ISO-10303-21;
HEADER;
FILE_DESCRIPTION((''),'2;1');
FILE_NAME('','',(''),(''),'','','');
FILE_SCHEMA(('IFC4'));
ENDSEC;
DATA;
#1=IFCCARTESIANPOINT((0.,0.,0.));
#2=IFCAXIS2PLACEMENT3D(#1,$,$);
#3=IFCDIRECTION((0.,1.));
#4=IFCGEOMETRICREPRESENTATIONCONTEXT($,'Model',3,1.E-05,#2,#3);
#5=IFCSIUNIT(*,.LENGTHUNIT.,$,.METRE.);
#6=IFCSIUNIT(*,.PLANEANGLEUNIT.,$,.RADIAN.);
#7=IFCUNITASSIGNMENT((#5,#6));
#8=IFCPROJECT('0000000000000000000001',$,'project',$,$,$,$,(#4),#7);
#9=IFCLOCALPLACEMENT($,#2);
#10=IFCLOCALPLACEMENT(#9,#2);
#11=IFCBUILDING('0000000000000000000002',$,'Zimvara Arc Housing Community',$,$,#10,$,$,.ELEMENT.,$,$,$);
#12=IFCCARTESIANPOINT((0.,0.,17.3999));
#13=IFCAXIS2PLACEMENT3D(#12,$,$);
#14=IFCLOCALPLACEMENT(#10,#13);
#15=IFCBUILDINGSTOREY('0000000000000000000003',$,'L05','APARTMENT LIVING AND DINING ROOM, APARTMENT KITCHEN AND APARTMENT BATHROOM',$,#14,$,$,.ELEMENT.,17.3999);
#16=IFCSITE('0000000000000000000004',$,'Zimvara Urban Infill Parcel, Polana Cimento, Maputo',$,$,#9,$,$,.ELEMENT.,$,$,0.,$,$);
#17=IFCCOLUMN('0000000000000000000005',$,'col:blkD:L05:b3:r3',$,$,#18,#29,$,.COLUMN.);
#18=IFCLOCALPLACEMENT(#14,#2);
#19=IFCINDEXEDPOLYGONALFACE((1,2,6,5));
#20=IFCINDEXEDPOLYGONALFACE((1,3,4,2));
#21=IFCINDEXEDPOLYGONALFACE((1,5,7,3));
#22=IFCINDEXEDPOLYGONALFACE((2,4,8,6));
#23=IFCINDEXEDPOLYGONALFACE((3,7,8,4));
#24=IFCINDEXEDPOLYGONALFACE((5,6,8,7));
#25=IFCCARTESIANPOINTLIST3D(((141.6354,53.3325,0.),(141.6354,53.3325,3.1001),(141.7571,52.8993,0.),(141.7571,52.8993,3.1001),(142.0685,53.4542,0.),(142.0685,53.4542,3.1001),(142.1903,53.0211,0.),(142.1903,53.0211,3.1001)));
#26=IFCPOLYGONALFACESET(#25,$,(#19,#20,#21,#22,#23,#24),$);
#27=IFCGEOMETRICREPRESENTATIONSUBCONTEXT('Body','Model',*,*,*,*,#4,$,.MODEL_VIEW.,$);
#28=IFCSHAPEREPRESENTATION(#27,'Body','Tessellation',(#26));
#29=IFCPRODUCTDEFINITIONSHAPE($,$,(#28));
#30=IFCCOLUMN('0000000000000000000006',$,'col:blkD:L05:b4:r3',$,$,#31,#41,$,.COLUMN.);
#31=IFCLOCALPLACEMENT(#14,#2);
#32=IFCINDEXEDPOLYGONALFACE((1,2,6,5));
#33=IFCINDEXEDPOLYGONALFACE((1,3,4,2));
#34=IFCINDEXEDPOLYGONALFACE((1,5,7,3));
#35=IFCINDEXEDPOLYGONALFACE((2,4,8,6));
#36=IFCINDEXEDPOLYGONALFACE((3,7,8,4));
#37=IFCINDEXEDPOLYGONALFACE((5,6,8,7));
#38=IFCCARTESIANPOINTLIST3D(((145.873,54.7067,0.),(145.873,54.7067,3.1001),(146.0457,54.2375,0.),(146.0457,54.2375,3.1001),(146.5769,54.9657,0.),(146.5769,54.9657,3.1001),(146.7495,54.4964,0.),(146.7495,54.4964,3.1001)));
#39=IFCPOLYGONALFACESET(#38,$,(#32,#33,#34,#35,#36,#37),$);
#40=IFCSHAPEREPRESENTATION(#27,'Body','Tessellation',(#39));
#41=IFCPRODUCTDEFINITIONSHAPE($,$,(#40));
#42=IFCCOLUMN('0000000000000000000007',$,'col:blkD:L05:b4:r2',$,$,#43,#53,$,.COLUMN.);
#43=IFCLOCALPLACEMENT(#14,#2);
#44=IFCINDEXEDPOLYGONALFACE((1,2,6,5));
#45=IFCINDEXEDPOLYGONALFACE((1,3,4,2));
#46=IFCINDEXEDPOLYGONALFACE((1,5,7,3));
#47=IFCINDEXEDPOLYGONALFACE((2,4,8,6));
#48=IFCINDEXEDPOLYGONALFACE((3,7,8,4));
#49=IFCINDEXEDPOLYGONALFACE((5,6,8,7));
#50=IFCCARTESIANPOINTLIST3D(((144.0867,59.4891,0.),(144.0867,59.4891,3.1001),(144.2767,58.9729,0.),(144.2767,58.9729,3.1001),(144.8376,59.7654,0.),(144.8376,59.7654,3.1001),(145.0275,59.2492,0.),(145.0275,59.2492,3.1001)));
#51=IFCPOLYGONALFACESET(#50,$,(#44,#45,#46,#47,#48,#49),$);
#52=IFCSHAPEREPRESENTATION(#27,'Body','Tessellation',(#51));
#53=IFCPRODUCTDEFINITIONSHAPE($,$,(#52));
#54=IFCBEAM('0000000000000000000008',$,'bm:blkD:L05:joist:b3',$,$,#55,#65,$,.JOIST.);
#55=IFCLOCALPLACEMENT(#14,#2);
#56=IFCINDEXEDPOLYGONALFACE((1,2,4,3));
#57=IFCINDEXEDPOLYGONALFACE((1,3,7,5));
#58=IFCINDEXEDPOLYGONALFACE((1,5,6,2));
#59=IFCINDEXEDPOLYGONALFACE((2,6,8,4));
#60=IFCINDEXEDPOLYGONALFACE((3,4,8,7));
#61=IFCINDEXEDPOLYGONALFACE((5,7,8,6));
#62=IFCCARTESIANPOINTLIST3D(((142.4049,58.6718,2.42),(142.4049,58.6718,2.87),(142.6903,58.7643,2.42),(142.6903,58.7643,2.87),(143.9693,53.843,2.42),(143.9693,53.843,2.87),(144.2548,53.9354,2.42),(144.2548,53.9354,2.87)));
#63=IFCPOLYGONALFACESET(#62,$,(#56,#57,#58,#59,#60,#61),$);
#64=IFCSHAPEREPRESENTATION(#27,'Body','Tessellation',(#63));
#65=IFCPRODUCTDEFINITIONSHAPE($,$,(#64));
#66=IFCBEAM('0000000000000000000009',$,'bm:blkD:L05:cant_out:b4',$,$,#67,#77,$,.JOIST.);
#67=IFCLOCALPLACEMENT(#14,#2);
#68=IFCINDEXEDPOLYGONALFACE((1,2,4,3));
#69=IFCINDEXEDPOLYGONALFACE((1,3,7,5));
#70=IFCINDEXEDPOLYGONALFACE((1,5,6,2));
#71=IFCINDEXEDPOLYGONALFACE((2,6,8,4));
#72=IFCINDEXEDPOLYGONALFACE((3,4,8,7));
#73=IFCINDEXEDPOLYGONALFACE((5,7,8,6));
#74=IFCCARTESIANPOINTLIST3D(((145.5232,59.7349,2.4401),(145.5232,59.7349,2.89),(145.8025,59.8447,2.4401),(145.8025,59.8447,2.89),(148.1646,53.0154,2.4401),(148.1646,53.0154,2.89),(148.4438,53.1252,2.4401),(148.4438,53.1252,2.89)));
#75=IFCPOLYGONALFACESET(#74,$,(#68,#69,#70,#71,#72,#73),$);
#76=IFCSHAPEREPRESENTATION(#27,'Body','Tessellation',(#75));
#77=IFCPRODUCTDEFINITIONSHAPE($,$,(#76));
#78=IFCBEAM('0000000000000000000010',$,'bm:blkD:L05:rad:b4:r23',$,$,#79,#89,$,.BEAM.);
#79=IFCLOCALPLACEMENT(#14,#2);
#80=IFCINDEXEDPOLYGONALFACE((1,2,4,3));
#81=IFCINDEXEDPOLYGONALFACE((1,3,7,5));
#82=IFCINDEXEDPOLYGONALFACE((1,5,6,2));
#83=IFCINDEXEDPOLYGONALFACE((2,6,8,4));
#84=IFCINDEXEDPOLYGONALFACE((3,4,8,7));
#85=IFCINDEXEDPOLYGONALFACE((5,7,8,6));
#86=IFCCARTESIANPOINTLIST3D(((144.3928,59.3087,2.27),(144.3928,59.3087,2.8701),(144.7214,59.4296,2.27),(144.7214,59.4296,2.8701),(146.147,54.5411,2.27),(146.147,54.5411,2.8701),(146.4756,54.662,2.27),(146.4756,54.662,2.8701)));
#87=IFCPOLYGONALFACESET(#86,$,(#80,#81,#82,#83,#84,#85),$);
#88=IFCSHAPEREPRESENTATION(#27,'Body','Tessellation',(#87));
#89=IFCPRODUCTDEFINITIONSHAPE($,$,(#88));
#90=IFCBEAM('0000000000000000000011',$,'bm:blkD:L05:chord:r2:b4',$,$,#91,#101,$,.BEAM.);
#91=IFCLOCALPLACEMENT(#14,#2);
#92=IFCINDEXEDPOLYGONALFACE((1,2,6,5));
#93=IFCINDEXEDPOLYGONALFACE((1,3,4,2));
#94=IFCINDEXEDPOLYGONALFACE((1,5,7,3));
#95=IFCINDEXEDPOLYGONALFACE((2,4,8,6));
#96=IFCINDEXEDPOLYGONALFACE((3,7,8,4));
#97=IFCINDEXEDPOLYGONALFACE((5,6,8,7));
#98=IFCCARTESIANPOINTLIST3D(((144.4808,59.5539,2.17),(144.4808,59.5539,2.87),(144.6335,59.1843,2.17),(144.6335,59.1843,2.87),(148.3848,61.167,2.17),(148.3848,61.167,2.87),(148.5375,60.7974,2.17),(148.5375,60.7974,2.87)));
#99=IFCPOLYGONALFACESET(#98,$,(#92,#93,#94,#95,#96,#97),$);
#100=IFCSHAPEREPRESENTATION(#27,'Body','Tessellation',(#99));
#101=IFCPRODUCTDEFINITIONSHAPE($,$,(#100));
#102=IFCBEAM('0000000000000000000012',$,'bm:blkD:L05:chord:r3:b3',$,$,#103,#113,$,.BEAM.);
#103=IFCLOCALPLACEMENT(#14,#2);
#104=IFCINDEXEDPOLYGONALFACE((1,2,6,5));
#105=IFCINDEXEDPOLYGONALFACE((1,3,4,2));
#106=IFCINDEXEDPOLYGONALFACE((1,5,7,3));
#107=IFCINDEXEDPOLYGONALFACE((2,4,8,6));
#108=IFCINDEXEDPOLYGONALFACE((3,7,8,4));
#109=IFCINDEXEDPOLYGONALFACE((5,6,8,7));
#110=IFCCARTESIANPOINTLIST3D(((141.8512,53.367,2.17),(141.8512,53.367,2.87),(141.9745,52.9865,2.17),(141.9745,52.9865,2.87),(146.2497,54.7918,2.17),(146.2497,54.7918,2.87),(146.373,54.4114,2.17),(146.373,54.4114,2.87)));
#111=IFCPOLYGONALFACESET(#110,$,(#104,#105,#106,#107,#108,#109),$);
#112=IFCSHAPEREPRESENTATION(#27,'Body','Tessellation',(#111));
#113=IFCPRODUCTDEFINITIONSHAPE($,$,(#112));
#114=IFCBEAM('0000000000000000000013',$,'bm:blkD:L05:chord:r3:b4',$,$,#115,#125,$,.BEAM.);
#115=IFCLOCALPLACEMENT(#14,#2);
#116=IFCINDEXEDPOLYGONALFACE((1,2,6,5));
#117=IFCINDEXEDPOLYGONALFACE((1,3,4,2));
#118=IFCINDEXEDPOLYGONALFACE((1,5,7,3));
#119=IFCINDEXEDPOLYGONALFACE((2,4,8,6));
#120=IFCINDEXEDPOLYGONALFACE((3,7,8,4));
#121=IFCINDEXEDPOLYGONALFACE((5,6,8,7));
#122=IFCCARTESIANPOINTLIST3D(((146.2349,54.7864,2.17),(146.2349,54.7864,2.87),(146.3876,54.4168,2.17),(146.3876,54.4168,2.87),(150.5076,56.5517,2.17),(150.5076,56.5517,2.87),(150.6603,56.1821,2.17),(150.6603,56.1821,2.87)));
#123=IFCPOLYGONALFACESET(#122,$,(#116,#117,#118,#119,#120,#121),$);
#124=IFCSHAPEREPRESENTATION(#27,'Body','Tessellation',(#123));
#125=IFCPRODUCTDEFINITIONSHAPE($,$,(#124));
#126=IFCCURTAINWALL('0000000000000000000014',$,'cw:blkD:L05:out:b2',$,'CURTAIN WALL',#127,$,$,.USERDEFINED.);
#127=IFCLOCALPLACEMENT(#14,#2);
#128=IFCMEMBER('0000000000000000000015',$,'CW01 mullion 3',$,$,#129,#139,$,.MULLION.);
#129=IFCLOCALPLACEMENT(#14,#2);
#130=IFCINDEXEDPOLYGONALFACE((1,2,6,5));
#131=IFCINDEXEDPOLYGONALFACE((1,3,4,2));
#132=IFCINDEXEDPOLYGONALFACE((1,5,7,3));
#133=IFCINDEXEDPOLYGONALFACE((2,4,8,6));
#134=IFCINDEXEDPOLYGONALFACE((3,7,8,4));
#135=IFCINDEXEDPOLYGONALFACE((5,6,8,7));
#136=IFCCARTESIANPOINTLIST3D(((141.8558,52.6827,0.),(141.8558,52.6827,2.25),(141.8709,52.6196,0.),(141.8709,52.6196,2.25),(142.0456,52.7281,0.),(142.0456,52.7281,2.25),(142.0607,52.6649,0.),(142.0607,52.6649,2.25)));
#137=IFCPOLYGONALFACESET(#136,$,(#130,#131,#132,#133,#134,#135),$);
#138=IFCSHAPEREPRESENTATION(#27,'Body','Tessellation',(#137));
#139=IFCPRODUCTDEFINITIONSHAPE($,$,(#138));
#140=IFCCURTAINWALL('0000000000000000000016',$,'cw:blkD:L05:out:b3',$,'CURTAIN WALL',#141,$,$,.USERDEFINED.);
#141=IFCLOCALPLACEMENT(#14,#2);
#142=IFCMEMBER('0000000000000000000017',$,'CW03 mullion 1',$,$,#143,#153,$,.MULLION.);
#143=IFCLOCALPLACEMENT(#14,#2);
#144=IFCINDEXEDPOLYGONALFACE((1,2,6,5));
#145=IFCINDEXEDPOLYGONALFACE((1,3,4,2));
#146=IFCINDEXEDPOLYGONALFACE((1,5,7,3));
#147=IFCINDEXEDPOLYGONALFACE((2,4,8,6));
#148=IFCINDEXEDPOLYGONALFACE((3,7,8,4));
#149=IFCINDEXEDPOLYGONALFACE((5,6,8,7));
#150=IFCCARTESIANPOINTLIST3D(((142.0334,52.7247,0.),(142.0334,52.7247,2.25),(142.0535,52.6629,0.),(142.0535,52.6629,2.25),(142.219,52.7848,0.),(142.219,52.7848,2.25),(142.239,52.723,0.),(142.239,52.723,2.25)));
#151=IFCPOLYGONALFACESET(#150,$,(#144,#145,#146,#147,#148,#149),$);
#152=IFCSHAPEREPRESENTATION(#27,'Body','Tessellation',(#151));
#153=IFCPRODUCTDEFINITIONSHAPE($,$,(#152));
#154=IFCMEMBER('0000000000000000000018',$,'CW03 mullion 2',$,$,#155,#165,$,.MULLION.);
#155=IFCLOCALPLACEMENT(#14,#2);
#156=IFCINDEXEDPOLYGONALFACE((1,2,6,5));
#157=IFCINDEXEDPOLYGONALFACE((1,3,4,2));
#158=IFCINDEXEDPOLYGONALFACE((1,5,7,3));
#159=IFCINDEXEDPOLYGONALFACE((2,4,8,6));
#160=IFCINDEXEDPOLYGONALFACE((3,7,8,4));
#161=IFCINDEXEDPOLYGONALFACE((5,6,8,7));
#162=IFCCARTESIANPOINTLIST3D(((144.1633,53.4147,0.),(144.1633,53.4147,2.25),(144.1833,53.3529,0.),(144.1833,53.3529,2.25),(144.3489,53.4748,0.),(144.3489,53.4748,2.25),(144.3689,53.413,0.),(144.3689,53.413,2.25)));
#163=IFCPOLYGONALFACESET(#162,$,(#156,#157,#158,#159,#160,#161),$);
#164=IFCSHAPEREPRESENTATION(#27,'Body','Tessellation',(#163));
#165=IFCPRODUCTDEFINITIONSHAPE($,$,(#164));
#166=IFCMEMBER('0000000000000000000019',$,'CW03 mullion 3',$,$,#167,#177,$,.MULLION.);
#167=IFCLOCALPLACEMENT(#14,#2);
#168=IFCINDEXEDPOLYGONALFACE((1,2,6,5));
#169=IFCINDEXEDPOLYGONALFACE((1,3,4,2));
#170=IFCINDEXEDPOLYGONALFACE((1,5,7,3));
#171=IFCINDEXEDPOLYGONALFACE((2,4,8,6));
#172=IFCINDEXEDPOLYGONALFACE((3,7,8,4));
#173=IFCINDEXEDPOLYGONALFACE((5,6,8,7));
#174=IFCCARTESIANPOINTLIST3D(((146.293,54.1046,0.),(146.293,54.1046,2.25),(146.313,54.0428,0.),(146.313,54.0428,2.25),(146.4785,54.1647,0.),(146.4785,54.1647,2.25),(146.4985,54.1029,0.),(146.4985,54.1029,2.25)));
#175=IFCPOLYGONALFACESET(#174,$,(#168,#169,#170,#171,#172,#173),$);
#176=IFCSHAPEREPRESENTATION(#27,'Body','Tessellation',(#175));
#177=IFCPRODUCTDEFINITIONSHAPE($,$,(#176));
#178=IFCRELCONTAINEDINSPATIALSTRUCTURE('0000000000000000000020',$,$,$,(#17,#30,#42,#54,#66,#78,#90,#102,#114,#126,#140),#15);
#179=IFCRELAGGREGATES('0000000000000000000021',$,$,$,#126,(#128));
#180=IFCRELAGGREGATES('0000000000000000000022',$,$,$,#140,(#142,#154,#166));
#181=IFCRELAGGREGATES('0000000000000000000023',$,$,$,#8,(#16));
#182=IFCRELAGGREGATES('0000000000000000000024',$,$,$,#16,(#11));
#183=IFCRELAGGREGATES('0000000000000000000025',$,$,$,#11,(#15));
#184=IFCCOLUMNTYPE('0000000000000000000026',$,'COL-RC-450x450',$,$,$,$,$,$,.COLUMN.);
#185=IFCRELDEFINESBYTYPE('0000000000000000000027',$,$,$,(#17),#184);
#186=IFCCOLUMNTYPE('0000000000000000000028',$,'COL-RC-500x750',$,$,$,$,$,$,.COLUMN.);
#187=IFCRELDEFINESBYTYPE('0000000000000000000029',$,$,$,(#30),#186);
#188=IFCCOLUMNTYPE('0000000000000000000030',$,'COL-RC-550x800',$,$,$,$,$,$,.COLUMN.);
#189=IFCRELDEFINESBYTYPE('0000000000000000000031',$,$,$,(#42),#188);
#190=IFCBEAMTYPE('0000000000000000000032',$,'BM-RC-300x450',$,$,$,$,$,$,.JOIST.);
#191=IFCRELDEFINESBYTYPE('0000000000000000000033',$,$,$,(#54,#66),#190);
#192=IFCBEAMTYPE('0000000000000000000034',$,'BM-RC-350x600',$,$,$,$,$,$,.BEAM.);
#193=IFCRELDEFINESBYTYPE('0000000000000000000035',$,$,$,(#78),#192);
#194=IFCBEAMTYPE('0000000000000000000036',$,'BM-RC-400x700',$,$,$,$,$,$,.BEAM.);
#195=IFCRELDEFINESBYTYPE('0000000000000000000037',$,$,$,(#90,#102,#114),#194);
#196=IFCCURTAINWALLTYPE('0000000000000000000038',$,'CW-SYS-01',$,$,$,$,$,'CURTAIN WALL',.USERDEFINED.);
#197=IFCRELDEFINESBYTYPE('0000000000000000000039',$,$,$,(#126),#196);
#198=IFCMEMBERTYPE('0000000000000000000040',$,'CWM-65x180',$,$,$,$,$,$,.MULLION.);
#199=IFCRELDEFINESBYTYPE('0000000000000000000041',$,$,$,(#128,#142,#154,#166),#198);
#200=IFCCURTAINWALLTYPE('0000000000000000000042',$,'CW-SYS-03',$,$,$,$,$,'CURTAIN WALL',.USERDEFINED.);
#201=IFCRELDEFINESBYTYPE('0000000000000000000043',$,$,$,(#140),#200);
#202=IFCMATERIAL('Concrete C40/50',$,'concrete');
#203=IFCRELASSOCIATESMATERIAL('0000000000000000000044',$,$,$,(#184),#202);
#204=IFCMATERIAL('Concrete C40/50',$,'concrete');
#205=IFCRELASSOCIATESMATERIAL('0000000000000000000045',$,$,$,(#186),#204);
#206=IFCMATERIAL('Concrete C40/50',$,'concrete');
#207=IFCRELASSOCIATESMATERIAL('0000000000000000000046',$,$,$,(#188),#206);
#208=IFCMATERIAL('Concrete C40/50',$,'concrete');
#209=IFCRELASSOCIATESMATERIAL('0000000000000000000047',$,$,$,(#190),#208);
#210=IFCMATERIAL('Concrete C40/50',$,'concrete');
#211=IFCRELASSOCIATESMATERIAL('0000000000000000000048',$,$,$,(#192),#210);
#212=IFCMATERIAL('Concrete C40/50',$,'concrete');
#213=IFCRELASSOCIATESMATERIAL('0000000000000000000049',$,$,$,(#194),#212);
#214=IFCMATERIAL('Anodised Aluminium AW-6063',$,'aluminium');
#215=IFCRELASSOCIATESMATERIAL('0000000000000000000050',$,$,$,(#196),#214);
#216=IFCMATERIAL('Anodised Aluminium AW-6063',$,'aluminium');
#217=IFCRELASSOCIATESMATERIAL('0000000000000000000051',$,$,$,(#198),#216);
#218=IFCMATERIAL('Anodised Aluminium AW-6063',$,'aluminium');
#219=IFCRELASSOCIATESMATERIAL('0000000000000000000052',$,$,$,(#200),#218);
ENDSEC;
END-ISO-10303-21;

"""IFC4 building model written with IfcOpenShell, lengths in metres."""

from ifc_helpers import new_model, si_unit, direction, frame, origin, origin_2d, place, context, subcontext, project, spatial, rectangle, extrude, material, material_profile, profile_set, type_object, element, aggregate, save


model = new_model("IFC4")

# Units and contexts
model_context = context("Model", 3, precision=1e-05, world=origin(), true_north=direction((0.0, 1.0)))
body_context = subcontext(model_context, "Body", "Model", "MODEL_VIEW")
ifc_project = project(units=[si_unit("LENGTHUNIT", "METRE"), si_unit("PLANEANGLEUNIT", "RADIAN")], contexts=[model_context])

# Site, building, storey
site_placement = place(None, origin())
site = spatial("IfcSite", under=ifc_project, at=site_placement, Name="Zimvara Urban Infill Parcel, Polana Cimento, Maputo", CompositionType="ELEMENT", RefElevation=0.0)
building_placement = place(site_placement, origin())
building = spatial("IfcBuilding", under=site, at=building_placement, Name="Zimvara Arc Housing Community", CompositionType="ELEMENT")
storey_placement = place(building_placement, frame((0.0, 0.0, 17.3999)))
storey = spatial("IfcBuildingStorey", under=building, at=storey_placement, Name="L05", Description="APARTMENT LIVING AND DINING ROOM, APARTMENT KITCHEN AND APARTMENT BATHROOM", CompositionType="ELEMENT", Elevation=17.3999)

# Columns
ifc_material_1 = material(Name="Concrete C40/50", Category="concrete")
ifc_material_profile_1 = material_profile(ifc_material_1, rectangle(XDim=0.45, YDim=0.45, at=origin_2d()), Name="RC 450x450")
ifc_profile_set_1 = profile_set([ifc_material_profile_1], Name="Concrete C40/50")
column_type_1 = type_object("IfcColumnType", Name="COL-RC-450x450", PredefinedType="COLUMN", material=ifc_profile_set_1)
column_1_placement = place(storey_placement, frame((141.9128, 53.1768, 0.0), z_axis=(0.0, 0.0, 1.0), x_axis=(0.2706, -0.962692, 0.0)))
element("IfcColumn", 1, at=column_1_placement, inside=storey, type_object=column_type_1, Name="col:blkD:L05:b3:r3", PredefinedType="COLUMN", context=body_context, shape_type="SweptSolid", body=[
    extrude(rectangle(XDim=0.45, YDim=0.45, at=origin_2d()), origin(), (0.0, 0.0, 1.0), 3.1001),
])
ifc_material_2 = material(Name="Concrete C40/50", Category="concrete")
ifc_material_profile_2 = material_profile(ifc_material_2, rectangle(XDim=0.5, YDim=0.75, at=origin_2d()), Name="RC 500x750")
ifc_profile_set_2 = profile_set([ifc_material_profile_2], Name="Concrete C40/50")
column_type_2 = type_object("IfcColumnType", Name="COL-RC-500x750", PredefinedType="COLUMN", material=ifc_profile_set_2)
column_2_placement = place(storey_placement, frame((146.3113, 54.6016, 0.0), z_axis=(0.0, 0.0, 1.0), x_axis=(0.345298, -0.938493, 0.0)))
element("IfcColumn", 2, at=column_2_placement, inside=storey, type_object=column_type_2, Name="col:blkD:L05:b4:r3", PredefinedType="COLUMN", context=body_context, shape_type="SweptSolid", body=[
    extrude(rectangle(XDim=0.5, YDim=0.75, at=origin_2d()), origin(), (0.0, 0.0, 1.0), 3.1001),
])
ifc_material_3 = material(Name="Concrete C40/50", Category="concrete")
ifc_material_profile_3 = material_profile(ifc_material_3, rectangle(XDim=0.55, YDim=0.8, at=origin_2d()), Name="RC 550x800")
ifc_profile_set_3 = profile_set([ifc_material_profile_3], Name="Concrete C40/50")
column_type_3 = type_object("IfcColumnType", Name="COL-RC-550x800", PredefinedType="COLUMN", material=ifc_profile_set_3)
column_3_placement = place(storey_placement, frame((144.5571, 59.3691, 0.0), z_axis=(0.0, 0.0, 1.0), x_axis=(0.345298, -0.938493, 0.0)))
element("IfcColumn", 3, at=column_3_placement, inside=storey, type_object=column_type_3, Name="col:blkD:L05:b4:r2", PredefinedType="COLUMN", context=body_context, shape_type="SweptSolid", body=[
    extrude(rectangle(XDim=0.55, YDim=0.8, at=origin_2d()), origin(), (0.0, 0.0, 1.0), 3.1001),
])

# Beams
ifc_material_4 = material(Name="Concrete C40/50", Category="concrete")
ifc_material_profile_4 = material_profile(ifc_material_4, rectangle(XDim=0.3, YDim=0.45, at=origin_2d()), Name="RC 300x450")
ifc_profile_set_4 = profile_set([ifc_material_profile_4], Name="Concrete C40/50")
beam_type_1 = type_object("IfcBeamType", Name="BM-RC-300x450", PredefinedType="JOIST", material=ifc_profile_set_4)
beam_1_placement = place(storey_placement, frame((142.5476, 58.718, 2.645), z_axis=(0.308208, -0.951319, 0.0), x_axis=(0.951319, 0.308208, 0.0)))
element("IfcBeam", 4, at=beam_1_placement, inside=storey, type_object=beam_type_1, Name="bm:blkD:L05:joist:b3", PredefinedType="JOIST", context=body_context, shape_type="SweptSolid", body=[
    extrude(rectangle(XDim=0.3, YDim=0.45, at=origin_2d()), origin(), (0.0, 0.0, 1.0), 5.0759),
])
beam_2_placement = place(storey_placement, frame((145.6628, 59.7898, 2.665), z_axis=(0.36584, -0.930678, 0.0), x_axis=(0.930678, 0.36584, 0.0)))
element("IfcBeam", 5, at=beam_2_placement, inside=storey, type_object=beam_type_1, Name="bm:blkD:L05:cant_out:b4", PredefinedType="JOIST", context=body_context, shape_type="SweptSolid", body=[
    extrude(rectangle(XDim=0.3, YDim=0.45, at=origin_2d()), origin(), (0.0, 0.0, 1.0), 7.22),
])
ifc_material_5 = material(Name="Concrete C40/50", Category="concrete")
ifc_material_profile_5 = material_profile(ifc_material_5, rectangle(XDim=0.3501, YDim=0.6001, at=origin_2d()), Name="RC 350x600")
ifc_profile_set_5 = profile_set([ifc_material_profile_5], Name="Concrete C40/50")
beam_type_2 = type_object("IfcBeamType", Name="BM-RC-350x600", PredefinedType="BEAM", material=ifc_profile_set_5)
beam_3_placement = place(storey_placement, frame((144.5571, 59.3691, 2.5701), z_axis=(0.345302, -0.938492, 0.0), x_axis=(0.938492, 0.345302, 0.0)))
element("IfcBeam", 6, at=beam_3_placement, inside=storey, type_object=beam_type_2, Name="bm:blkD:L05:rad:b4:r23", PredefinedType="BEAM", context=body_context, shape_type="SweptSolid", body=[
    extrude(rectangle(XDim=0.3501, YDim=0.6001, at=origin_2d()), origin(), (0.0, 0.0, 1.0), 5.0801),
])
ifc_material_6 = material(Name="Concrete C40/50", Category="concrete")
ifc_material_profile_6 = material_profile(ifc_material_6, rectangle(XDim=0.3999, YDim=0.7, at=origin_2d()), Name="RC 400x700")
ifc_profile_set_6 = profile_set([ifc_material_profile_6], Name="Concrete C40/50")
beam_type_3 = type_object("IfcBeamType", Name="BM-RC-400x700", PredefinedType="BEAM", material=ifc_profile_set_6)
beam_4_placement = place(storey_placement, frame((144.5571, 59.3691, 2.52), z_axis=(0.92422, 0.38186, 0.0), x_axis=(-0.38186, 0.92422, 0.0)))
element("IfcBeam", 7, at=beam_4_placement, inside=storey, type_object=beam_type_3, Name="bm:blkD:L05:chord:r2:b4", PredefinedType="BEAM", context=body_context, shape_type="SweptSolid", body=[
    extrude(rectangle(XDim=0.3999, YDim=0.7, at=origin_2d()), origin(), (0.0, 0.0, 1.0), 4.2241),
])
beam_5_placement = place(storey_placement, frame((141.9128, 53.1768, 2.52), z_axis=(0.951332, 0.308169, 0.0), x_axis=(-0.308169, 0.951332, 0.0)))
element("IfcBeam", 8, at=beam_5_placement, inside=storey, type_object=beam_type_3, Name="bm:blkD:L05:chord:r3:b3", PredefinedType="BEAM", context=body_context, shape_type="SweptSolid", body=[
    extrude(rectangle(XDim=0.3999, YDim=0.7, at=origin_2d()), origin(), (0.0, 0.0, 1.0), 4.6235),
])
beam_6_placement = place(storey_placement, frame((146.3113, 54.6016, 2.52), z_axis=(0.924218, 0.381865, 0.0), x_axis=(-0.381865, 0.924218, 0.0)))
element("IfcBeam", 9, at=beam_6_placement, inside=storey, type_object=beam_type_3, Name="bm:blkD:L05:chord:r3:b4", PredefinedType="BEAM", context=body_context, shape_type="SweptSolid", body=[
    extrude(rectangle(XDim=0.3999, YDim=0.7, at=origin_2d()), origin(), (0.0, 0.0, 1.0), 4.623),
])

# Curtain wall, member
ifc_material_7 = material(Name="Anodised Aluminium AW-6063", Category="aluminium")
curtain_wall_type_1 = type_object("IfcCurtainWallType", Name="CW-SYS-01", ElementType="CURTAIN WALL", PredefinedType="USERDEFINED", material=ifc_material_7)
curtain_wall_1_placement = place(storey_placement, origin())
curtain_wall_1 = element("IfcCurtainWall", 10, at=curtain_wall_1_placement, inside=storey, type_object=curtain_wall_type_1, Name="cw:blkD:L05:out:b2", ObjectType="CURTAIN WALL", PredefinedType="USERDEFINED")
ifc_material_8 = material(Name="Anodised Aluminium AW-6063", Category="aluminium")
ifc_material_profile_7 = material_profile(ifc_material_8, rectangle(XDim=0.0649, YDim=0.1951, at=origin_2d()), Name="ALU 65x195")
ifc_profile_set_7 = profile_set([ifc_material_profile_7], Name="Anodised Aluminium AW-6063")
member_type_1 = type_object("IfcMemberType", Name="CWM-65x180", PredefinedType="MULLION", material=ifc_profile_set_7)
member_1_placement = place(storey_placement, frame((141.9583, 52.6738, 0.0), z_axis=(0.0, 0.0, 1.0), x_axis=(-0.232597, 0.972573, 0.0)))
member_1 = element("IfcMember", 11, at=member_1_placement, type_object=member_type_1, Name="CW01 mullion 3", PredefinedType="MULLION", context=body_context, shape_type="SweptSolid", body=[
    extrude(rectangle(XDim=0.0649, YDim=0.1951, at=origin_2d()), origin(), (0.0, 0.0, 1.0), 2.25),
])
aggregate(curtain_wall_1, [member_1])

# Curtain wall, members
ifc_material_9 = material(Name="Anodised Aluminium AW-6063", Category="aluminium")
curtain_wall_type_2 = type_object("IfcCurtainWallType", Name="CW-SYS-03", ElementType="CURTAIN WALL", PredefinedType="USERDEFINED", material=ifc_material_9)
curtain_wall_2_placement = place(storey_placement, origin())
curtain_wall_2 = element("IfcCurtainWall", 12, at=curtain_wall_2_placement, inside=storey, type_object=curtain_wall_type_2, Name="cw:blkD:L05:out:b3", ObjectType="CURTAIN WALL", PredefinedType="USERDEFINED")
member_2_placement = place(storey_placement, frame((142.1362, 52.7239, 0.0), z_axis=(0.0, 0.0, 1.0), x_axis=(-0.308185, 0.951326, 0.0)))
member_2 = element("IfcMember", 13, at=member_2_placement, type_object=member_type_1, Name="CW03 mullion 1", PredefinedType="MULLION", context=body_context, shape_type="SweptSolid", body=[
    extrude(rectangle(XDim=0.0649, YDim=0.1951, at=origin_2d()), origin(), (0.0, 0.0, 1.0), 2.25),
])
member_3_placement = place(storey_placement, frame((144.2661, 53.4138, 0.0), z_axis=(0.0, 0.0, 1.0), x_axis=(-0.308185, 0.951326, 0.0)))
member_3 = element("IfcMember", 14, at=member_3_placement, type_object=member_type_1, Name="CW03 mullion 2", PredefinedType="MULLION", context=body_context, shape_type="SweptSolid", body=[
    extrude(rectangle(XDim=0.0649, YDim=0.1951, at=origin_2d()), origin(), (0.0, 0.0, 1.0), 2.25),
])
member_4_placement = place(storey_placement, frame((146.3958, 54.1038, 0.0), z_axis=(0.0, 0.0, 1.0), x_axis=(-0.308185, 0.951326, 0.0)))
member_4 = element("IfcMember", 15, at=member_4_placement, type_object=member_type_1, Name="CW03 mullion 3", PredefinedType="MULLION", context=body_context, shape_type="SweptSolid", body=[
    extrude(rectangle(XDim=0.0649, YDim=0.1951, at=origin_2d()), origin(), (0.0, 0.0, 1.0), 2.25),
])
aggregate(curtain_wall_2, [member_2, member_3, member_4])

save(model, "model.ifc")
